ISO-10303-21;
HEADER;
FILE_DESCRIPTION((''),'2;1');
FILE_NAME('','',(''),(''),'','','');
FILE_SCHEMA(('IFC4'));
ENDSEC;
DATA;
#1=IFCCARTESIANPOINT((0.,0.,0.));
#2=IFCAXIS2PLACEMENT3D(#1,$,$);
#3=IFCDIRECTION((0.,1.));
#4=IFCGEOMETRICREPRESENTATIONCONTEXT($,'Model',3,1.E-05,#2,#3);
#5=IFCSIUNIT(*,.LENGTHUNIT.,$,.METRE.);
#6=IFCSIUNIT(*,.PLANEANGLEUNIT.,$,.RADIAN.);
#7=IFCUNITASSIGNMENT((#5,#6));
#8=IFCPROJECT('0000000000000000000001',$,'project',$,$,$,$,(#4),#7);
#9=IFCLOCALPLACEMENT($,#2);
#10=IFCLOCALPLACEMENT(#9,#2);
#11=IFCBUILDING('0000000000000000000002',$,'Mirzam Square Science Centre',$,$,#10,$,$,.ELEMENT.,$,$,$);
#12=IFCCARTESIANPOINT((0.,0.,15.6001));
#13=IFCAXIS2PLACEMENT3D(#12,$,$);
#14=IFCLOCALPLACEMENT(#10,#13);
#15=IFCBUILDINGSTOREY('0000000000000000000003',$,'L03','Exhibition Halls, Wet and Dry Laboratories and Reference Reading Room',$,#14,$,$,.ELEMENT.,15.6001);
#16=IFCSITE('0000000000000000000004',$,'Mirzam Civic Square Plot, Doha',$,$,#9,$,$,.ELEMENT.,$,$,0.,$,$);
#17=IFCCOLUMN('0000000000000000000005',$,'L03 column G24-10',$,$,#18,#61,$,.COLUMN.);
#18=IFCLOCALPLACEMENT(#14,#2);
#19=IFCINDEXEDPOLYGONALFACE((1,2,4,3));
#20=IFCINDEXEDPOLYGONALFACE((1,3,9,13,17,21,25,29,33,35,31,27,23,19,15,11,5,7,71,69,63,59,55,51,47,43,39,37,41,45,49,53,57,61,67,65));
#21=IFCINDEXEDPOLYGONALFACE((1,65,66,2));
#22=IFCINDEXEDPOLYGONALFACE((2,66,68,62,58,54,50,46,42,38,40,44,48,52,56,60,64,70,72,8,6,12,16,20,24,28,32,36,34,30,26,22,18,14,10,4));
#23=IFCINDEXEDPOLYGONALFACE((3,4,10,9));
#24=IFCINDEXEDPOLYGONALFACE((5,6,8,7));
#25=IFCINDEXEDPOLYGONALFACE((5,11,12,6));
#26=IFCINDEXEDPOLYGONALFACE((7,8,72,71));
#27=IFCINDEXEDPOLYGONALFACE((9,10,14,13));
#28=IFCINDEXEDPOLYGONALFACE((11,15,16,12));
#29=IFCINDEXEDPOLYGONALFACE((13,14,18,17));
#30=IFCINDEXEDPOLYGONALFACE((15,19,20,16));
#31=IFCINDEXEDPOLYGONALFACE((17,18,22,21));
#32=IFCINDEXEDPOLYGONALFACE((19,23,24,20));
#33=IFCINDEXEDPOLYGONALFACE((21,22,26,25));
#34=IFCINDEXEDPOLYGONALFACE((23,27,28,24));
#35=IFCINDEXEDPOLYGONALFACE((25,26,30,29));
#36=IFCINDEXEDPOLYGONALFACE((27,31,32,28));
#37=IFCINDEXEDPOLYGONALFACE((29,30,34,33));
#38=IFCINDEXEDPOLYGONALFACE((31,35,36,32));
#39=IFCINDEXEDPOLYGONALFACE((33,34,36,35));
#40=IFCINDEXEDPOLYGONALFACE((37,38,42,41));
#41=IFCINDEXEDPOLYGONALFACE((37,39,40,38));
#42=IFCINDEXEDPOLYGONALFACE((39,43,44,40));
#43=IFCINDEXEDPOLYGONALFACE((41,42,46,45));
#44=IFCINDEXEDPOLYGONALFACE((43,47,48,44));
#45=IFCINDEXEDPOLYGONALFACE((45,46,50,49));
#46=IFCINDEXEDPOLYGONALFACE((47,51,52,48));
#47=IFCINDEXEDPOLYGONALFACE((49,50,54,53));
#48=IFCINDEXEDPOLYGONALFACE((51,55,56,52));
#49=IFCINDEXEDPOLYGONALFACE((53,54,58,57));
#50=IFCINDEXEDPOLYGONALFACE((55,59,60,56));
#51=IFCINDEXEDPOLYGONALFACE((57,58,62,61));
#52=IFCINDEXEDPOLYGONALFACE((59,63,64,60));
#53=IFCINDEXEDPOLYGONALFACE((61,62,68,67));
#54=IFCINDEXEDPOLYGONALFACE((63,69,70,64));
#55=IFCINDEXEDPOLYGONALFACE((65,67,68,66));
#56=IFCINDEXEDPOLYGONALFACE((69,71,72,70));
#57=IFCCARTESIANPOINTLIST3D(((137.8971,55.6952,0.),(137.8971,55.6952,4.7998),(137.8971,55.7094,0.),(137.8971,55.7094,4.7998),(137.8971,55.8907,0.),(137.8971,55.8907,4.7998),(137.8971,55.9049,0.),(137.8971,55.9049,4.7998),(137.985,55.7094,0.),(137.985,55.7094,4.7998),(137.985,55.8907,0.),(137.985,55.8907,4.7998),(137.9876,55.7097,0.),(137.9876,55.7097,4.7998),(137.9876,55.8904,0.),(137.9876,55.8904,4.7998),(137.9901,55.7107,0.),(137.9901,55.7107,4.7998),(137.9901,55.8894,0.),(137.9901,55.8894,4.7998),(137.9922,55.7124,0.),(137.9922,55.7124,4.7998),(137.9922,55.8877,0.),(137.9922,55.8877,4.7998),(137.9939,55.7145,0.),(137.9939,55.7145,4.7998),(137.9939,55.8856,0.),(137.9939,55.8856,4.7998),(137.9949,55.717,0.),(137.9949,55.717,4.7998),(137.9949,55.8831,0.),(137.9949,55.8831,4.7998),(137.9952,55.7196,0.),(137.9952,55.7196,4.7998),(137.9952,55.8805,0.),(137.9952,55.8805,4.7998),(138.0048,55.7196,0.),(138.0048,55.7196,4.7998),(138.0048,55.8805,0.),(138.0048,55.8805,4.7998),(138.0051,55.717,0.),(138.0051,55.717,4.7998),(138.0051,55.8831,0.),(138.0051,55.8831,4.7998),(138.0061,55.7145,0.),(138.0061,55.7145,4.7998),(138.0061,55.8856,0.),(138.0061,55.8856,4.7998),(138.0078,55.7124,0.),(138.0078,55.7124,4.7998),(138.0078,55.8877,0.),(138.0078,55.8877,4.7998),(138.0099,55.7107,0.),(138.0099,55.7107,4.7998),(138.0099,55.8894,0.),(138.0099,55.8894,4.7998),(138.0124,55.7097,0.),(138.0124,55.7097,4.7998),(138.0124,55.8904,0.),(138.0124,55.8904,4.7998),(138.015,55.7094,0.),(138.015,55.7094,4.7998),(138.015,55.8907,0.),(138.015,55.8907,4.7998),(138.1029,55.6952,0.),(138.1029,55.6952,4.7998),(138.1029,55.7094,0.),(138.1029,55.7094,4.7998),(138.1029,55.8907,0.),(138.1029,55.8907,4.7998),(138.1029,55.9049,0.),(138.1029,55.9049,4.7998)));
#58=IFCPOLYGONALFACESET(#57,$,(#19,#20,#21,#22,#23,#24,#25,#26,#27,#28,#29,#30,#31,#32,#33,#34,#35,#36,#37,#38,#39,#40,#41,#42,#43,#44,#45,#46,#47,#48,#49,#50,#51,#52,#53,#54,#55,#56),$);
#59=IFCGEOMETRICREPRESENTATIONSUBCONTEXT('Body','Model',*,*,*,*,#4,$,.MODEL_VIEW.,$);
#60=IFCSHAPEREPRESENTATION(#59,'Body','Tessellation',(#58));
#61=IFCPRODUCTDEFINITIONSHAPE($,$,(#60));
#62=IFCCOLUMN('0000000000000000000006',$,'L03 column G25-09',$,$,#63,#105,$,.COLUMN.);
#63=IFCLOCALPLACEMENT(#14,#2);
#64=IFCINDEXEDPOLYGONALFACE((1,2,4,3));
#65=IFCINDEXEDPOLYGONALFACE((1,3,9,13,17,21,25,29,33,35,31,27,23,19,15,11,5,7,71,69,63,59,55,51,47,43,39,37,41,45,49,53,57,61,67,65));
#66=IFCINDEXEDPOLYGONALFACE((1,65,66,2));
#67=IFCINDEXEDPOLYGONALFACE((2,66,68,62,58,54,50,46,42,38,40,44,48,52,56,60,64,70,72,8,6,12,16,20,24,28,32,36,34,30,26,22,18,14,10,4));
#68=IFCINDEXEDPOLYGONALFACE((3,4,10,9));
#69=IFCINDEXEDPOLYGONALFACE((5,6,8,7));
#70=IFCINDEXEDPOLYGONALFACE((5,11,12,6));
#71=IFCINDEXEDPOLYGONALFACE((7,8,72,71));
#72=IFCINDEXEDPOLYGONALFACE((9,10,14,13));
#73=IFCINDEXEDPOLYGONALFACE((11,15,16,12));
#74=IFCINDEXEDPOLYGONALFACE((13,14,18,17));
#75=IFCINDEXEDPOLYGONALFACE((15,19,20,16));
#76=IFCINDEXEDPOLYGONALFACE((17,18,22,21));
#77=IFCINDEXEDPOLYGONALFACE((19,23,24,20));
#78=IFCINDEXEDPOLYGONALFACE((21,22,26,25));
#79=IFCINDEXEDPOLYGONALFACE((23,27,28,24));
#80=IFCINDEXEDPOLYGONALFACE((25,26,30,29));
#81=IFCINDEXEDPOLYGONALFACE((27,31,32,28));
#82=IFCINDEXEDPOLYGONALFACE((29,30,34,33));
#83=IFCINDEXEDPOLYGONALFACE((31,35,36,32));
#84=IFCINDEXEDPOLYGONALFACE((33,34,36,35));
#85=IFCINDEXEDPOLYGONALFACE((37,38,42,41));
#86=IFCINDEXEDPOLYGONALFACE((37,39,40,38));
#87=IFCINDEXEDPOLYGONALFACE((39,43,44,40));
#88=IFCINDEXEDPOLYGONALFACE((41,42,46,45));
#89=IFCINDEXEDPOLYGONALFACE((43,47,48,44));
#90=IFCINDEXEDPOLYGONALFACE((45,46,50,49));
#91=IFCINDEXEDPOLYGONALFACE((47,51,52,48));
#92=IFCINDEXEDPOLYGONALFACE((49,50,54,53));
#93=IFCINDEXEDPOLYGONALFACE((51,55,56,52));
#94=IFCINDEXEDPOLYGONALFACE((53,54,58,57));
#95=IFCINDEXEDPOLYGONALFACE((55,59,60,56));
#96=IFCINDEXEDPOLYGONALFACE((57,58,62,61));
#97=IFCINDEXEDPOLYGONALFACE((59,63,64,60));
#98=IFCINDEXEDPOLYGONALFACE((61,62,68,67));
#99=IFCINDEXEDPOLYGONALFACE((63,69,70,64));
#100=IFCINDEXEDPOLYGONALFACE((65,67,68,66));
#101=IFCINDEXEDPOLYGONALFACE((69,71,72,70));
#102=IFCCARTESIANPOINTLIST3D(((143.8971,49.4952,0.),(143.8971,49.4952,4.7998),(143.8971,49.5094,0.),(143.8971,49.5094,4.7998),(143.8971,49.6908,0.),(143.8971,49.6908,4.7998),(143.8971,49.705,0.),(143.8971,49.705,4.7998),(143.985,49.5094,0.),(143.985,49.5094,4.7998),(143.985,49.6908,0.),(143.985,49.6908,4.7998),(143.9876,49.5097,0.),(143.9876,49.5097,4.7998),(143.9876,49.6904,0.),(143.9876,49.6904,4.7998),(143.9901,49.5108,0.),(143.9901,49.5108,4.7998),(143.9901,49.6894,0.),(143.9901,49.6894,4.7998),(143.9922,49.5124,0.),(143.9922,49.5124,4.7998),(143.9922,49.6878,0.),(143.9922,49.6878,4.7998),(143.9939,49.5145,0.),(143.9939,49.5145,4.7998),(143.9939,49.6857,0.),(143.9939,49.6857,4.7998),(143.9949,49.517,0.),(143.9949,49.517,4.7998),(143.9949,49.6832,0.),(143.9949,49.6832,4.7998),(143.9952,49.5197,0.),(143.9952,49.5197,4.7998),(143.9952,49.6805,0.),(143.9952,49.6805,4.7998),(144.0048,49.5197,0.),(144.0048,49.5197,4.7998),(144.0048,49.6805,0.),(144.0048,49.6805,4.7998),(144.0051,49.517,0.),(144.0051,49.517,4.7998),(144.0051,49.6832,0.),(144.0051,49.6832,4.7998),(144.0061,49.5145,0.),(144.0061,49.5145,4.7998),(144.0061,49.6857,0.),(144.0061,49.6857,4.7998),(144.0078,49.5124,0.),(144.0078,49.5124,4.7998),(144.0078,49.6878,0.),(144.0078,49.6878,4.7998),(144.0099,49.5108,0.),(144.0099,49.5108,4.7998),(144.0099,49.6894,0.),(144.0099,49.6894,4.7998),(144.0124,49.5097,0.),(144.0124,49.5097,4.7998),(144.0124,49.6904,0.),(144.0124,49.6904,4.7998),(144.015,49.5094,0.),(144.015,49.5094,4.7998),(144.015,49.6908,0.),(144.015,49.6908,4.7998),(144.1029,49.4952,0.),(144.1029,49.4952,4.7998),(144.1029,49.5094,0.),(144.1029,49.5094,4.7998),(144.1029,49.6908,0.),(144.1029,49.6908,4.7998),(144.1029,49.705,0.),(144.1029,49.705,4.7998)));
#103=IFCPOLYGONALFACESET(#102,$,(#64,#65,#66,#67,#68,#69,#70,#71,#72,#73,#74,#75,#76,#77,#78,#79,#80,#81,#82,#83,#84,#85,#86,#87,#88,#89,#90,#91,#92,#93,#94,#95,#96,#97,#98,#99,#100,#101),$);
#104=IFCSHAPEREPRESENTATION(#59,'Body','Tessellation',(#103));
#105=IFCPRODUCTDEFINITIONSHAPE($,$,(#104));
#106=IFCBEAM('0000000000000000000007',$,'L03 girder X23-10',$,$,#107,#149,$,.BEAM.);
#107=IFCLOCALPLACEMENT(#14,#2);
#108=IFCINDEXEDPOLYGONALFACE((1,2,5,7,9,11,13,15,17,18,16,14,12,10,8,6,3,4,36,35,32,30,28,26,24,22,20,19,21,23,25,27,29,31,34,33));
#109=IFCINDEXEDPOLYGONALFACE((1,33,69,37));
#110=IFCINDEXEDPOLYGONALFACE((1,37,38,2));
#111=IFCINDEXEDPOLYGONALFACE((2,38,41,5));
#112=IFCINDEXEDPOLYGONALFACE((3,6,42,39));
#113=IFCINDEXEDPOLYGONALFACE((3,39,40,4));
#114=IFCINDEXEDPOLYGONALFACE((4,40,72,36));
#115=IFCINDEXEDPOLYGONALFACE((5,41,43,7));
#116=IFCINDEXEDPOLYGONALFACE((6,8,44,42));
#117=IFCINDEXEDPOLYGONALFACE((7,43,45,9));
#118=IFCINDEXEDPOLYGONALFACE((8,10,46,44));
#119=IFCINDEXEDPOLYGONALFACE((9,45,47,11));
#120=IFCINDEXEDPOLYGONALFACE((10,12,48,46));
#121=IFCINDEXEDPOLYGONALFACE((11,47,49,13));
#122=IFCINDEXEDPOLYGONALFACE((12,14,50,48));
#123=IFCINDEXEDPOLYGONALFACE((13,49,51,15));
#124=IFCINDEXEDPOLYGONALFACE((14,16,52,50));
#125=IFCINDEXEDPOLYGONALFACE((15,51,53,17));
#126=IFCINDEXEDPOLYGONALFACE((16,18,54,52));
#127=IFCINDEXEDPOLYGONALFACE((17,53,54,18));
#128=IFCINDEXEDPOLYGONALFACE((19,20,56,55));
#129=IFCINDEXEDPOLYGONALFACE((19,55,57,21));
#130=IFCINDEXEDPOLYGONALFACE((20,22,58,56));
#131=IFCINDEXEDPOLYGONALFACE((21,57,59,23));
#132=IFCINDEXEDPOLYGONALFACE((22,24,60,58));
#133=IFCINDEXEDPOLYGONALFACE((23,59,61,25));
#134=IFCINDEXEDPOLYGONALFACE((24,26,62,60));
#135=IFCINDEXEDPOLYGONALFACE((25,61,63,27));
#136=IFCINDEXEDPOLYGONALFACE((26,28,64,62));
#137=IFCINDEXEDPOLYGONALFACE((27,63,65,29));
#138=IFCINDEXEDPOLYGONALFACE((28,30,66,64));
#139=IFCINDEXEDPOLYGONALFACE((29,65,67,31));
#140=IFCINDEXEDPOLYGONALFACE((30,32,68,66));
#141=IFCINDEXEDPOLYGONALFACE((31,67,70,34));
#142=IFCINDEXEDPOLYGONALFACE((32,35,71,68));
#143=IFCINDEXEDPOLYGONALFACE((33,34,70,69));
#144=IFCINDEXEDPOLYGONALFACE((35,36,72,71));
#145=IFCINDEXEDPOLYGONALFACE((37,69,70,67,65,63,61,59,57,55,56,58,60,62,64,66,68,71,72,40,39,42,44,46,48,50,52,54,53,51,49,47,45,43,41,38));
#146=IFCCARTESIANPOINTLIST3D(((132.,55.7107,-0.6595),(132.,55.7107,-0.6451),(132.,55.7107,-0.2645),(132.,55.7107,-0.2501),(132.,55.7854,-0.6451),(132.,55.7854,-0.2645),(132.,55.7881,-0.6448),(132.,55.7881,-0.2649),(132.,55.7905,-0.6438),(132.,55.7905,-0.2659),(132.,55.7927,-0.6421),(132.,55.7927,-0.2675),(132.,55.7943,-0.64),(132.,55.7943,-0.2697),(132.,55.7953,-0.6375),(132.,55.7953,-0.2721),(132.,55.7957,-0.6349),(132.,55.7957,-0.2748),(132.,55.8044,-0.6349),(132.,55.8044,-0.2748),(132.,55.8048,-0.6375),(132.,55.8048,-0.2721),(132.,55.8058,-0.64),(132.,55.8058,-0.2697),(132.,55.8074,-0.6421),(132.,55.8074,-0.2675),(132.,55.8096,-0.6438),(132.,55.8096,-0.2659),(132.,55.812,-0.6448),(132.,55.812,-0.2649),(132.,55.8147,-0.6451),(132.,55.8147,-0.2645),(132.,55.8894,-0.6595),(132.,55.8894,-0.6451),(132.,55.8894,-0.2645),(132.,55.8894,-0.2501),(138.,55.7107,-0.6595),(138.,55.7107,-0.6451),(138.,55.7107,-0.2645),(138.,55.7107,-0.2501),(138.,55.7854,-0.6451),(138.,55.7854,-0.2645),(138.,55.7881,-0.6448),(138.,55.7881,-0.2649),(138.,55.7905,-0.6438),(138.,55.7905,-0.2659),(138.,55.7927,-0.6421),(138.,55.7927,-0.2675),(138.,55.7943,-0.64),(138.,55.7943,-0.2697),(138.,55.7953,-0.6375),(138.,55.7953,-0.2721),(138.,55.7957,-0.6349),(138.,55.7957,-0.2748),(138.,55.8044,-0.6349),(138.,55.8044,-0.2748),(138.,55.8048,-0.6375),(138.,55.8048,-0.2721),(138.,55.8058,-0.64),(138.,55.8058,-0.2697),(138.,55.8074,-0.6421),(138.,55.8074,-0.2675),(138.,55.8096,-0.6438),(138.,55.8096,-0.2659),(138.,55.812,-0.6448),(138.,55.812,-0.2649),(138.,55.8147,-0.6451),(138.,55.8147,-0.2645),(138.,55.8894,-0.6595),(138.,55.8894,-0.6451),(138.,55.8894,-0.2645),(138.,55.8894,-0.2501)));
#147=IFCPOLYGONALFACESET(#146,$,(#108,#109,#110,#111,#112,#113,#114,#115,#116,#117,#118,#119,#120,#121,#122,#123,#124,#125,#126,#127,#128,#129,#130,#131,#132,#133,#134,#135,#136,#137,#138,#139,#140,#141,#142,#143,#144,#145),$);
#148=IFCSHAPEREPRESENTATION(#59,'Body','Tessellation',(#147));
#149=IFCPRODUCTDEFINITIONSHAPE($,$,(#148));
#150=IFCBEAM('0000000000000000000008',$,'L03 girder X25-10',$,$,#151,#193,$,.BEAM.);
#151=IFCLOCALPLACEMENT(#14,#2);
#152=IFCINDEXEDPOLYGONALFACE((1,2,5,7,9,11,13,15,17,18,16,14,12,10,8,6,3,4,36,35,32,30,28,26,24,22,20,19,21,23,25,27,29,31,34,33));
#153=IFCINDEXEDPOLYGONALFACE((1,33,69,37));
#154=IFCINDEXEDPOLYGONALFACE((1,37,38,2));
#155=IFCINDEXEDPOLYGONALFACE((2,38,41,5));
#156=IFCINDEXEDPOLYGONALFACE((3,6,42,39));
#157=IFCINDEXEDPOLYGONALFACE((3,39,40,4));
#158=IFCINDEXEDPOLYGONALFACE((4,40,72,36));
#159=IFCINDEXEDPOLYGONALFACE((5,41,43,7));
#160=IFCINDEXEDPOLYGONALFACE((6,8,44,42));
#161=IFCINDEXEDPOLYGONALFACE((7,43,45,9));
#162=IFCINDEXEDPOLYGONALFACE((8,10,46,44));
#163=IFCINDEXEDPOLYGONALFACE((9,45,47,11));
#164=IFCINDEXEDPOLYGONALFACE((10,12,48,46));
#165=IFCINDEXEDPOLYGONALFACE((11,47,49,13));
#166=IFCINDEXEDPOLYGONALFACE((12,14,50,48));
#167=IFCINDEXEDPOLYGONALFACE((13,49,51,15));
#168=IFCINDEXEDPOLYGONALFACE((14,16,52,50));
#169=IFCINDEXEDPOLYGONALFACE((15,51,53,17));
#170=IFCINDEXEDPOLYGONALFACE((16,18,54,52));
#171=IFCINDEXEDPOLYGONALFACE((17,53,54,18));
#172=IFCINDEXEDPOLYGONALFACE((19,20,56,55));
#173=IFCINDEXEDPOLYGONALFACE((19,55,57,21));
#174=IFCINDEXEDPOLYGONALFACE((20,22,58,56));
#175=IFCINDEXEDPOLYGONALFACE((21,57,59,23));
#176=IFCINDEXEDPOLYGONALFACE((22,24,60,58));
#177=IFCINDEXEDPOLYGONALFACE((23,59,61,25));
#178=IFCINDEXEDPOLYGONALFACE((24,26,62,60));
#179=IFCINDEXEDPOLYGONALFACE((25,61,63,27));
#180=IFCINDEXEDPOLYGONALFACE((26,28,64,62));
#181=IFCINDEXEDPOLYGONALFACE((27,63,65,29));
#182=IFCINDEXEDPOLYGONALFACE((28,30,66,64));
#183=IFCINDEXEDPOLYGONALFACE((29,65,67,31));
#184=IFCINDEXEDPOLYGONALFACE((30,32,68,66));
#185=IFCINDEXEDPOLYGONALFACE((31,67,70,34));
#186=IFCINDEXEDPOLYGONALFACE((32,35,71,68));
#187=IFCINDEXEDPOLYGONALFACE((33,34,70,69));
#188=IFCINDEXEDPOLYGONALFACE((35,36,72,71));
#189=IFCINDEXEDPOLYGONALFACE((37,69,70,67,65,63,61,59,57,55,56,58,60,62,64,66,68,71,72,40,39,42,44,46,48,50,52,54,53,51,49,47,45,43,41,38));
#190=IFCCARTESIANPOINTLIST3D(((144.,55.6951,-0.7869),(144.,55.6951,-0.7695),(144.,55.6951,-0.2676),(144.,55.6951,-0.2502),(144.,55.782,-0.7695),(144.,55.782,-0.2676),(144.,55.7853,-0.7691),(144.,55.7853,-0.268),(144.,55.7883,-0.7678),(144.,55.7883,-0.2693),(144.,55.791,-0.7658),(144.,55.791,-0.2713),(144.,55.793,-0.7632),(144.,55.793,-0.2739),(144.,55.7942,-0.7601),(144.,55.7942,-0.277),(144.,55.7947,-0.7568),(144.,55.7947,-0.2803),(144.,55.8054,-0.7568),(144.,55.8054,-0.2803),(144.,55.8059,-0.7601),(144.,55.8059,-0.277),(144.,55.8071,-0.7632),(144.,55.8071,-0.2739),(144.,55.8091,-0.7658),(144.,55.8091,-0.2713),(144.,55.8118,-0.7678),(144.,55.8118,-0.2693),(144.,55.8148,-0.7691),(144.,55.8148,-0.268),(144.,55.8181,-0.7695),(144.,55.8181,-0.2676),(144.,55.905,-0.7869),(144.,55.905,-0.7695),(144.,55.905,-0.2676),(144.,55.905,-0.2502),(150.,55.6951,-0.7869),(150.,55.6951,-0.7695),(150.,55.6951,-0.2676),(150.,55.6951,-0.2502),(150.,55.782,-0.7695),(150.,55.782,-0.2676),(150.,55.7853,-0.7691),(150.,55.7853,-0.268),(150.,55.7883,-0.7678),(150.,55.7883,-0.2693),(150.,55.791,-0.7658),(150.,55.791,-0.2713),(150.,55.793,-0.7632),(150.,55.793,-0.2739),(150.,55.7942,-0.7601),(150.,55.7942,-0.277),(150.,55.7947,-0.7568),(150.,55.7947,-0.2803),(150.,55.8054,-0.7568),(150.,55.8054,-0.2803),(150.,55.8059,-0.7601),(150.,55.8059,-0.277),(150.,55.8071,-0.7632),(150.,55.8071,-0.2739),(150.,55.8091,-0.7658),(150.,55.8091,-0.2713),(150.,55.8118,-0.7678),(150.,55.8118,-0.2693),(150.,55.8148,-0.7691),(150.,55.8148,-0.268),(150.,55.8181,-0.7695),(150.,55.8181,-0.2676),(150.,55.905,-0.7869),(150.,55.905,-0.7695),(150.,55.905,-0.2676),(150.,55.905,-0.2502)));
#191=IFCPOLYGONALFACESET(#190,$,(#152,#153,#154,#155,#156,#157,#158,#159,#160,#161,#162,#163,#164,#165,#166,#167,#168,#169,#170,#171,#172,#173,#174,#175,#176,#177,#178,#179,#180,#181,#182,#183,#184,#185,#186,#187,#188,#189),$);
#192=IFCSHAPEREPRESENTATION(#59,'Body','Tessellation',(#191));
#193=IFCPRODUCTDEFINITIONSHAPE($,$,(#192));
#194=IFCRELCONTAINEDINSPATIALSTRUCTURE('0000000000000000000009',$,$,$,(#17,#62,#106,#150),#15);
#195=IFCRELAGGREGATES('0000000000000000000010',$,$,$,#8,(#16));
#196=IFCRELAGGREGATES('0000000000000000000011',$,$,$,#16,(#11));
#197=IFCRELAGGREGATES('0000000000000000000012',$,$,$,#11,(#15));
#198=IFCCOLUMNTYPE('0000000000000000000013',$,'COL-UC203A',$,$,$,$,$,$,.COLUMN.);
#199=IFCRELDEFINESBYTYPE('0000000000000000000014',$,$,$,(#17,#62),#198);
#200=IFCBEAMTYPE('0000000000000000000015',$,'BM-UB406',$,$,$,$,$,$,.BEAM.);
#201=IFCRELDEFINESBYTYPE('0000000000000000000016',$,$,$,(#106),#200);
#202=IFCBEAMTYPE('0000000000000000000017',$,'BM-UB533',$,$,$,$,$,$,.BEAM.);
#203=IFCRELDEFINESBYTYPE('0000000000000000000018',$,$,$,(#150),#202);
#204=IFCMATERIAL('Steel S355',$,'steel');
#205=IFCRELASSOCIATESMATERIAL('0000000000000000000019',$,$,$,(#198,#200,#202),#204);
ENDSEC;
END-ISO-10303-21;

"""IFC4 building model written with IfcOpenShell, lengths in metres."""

from ifc_helpers import new_model, si_unit, direction, frame, origin, origin_2d, place, context, subcontext, project, spatial, i_section, extrude, material, material_profile, profile_set, type_object, element, save


model = new_model("IFC4")

# Units and contexts
model_context = context("Model", 3, precision=1e-05, world=origin(), true_north=direction((0.0, 1.0)))
body_context = subcontext(model_context, "Body", "Model", "MODEL_VIEW")
ifc_project = project(units=[si_unit("LENGTHUNIT", "METRE"), si_unit("PLANEANGLEUNIT", "RADIAN")], contexts=[model_context])

# Site, building, storey
site_placement = place(None, origin())
site = spatial("IfcSite", under=ifc_project, at=site_placement, Name="Mirzam Civic Square Plot, Doha", CompositionType="ELEMENT", RefElevation=0.0)
building_placement = place(site_placement, origin())
building = spatial("IfcBuilding", under=site, at=building_placement, Name="Mirzam Square Science Centre", CompositionType="ELEMENT")
storey_placement = place(building_placement, frame((0.0, 0.0, 15.6001)))
storey = spatial("IfcBuildingStorey", under=building, at=storey_placement, Name="L03", Description="Exhibition Halls, Wet and Dry Laboratories and Reference Reading Room", CompositionType="ELEMENT", Elevation=15.6001)

# Columns
ifc_material_1 = material(Name="Steel S355", Category="steel")
ifc_material_profile_1 = material_profile(ifc_material_1, i_section(OverallWidth=0.2058, OverallDepth=0.2097, WebThickness=0.0095, FlangeThickness=0.0142, FilletRadius=0.0103, at=origin_2d()), Name="203x203x60UC")
ifc_profile_set_1 = profile_set([ifc_material_profile_1], Name="Steel S355")
column_type_1 = type_object("IfcColumnType", Name="COL-UC203A", PredefinedType="COLUMN", material=ifc_profile_set_1)
for number, where, z_axis, x_axis, name in (
    (1, (138.0, 55.8, 0.0), (0.0, 0.0, 1.0), (1.0, 0.0, 0.0), "L03 column G24-10"),
    (2, (144.0, 49.6001, 0.0), (0.0, 0.0, 1.0), (1.0, 0.0, 0.0), "L03 column G25-09"),
):
    element("IfcColumn", number, at=place(storey_placement, frame(where, z_axis=z_axis, x_axis=x_axis)), inside=storey, type_object=column_type_1, Name=name, PredefinedType="COLUMN", context=body_context, shape_type="SweptSolid", body=[
        extrude(i_section(OverallWidth=0.2058, OverallDepth=0.2097, WebThickness=0.0095, FlangeThickness=0.0142, FilletRadius=0.0103, at=origin_2d()), origin(), (0.0, 0.0, 1.0), 4.7998),
    ])

# Beams
ifc_material_profile_2 = material_profile(ifc_material_1, i_section(OverallWidth=0.1787, OverallDepth=0.4094, WebThickness=0.0088, FlangeThickness=0.0144, FilletRadius=0.0103, at=origin_2d()), Name="406x178x67UB")
ifc_profile_set_2 = profile_set([ifc_material_profile_2], Name="Steel S355")
beam_type_1 = type_object("IfcBeamType", Name="BM-UB406", PredefinedType="BEAM", material=ifc_profile_set_2)
beam_1_placement = place(storey_placement, frame((132.0, 55.8, -0.4548), z_axis=(1.0, 0.0, 0.0), x_axis=(0.0, 1.0, 0.0)))
element("IfcBeam", 3, at=beam_1_placement, inside=storey, type_object=beam_type_1, Name="L03 girder X23-10", PredefinedType="BEAM", context=body_context, shape_type="SweptSolid", body=[
    extrude(i_section(OverallWidth=0.1787, OverallDepth=0.4094, WebThickness=0.0088, FlangeThickness=0.0144, FilletRadius=0.0103, at=origin_2d()), origin(), (0.0, 0.0, 1.0), 6.0),
])
ifc_material_profile_3 = material_profile(ifc_material_1, i_section(OverallWidth=0.21, OverallDepth=0.5366, WebThickness=0.0107, FlangeThickness=0.0173, FilletRadius=0.0127, at=origin_2d()), Name="533x210x101UB")
ifc_profile_set_3 = profile_set([ifc_material_profile_3], Name="Steel S355")
beam_type_2 = type_object("IfcBeamType", Name="BM-UB533", PredefinedType="BEAM", material=ifc_profile_set_3)
beam_2_placement = place(storey_placement, frame((144.0, 55.8, -0.5186), z_axis=(1.0, 0.0, 0.0), x_axis=(0.0, 1.0, 0.0)))
element("IfcBeam", 4, at=beam_2_placement, inside=storey, type_object=beam_type_2, Name="L03 girder X25-10", PredefinedType="BEAM", context=body_context, shape_type="SweptSolid", body=[
    extrude(i_section(OverallWidth=0.21, OverallDepth=0.5366, WebThickness=0.0107, FlangeThickness=0.0173, FilletRadius=0.0127, at=origin_2d()), origin(), (0.0, 0.0, 1.0), 6.0),
])

save(model, "model.ifc")
